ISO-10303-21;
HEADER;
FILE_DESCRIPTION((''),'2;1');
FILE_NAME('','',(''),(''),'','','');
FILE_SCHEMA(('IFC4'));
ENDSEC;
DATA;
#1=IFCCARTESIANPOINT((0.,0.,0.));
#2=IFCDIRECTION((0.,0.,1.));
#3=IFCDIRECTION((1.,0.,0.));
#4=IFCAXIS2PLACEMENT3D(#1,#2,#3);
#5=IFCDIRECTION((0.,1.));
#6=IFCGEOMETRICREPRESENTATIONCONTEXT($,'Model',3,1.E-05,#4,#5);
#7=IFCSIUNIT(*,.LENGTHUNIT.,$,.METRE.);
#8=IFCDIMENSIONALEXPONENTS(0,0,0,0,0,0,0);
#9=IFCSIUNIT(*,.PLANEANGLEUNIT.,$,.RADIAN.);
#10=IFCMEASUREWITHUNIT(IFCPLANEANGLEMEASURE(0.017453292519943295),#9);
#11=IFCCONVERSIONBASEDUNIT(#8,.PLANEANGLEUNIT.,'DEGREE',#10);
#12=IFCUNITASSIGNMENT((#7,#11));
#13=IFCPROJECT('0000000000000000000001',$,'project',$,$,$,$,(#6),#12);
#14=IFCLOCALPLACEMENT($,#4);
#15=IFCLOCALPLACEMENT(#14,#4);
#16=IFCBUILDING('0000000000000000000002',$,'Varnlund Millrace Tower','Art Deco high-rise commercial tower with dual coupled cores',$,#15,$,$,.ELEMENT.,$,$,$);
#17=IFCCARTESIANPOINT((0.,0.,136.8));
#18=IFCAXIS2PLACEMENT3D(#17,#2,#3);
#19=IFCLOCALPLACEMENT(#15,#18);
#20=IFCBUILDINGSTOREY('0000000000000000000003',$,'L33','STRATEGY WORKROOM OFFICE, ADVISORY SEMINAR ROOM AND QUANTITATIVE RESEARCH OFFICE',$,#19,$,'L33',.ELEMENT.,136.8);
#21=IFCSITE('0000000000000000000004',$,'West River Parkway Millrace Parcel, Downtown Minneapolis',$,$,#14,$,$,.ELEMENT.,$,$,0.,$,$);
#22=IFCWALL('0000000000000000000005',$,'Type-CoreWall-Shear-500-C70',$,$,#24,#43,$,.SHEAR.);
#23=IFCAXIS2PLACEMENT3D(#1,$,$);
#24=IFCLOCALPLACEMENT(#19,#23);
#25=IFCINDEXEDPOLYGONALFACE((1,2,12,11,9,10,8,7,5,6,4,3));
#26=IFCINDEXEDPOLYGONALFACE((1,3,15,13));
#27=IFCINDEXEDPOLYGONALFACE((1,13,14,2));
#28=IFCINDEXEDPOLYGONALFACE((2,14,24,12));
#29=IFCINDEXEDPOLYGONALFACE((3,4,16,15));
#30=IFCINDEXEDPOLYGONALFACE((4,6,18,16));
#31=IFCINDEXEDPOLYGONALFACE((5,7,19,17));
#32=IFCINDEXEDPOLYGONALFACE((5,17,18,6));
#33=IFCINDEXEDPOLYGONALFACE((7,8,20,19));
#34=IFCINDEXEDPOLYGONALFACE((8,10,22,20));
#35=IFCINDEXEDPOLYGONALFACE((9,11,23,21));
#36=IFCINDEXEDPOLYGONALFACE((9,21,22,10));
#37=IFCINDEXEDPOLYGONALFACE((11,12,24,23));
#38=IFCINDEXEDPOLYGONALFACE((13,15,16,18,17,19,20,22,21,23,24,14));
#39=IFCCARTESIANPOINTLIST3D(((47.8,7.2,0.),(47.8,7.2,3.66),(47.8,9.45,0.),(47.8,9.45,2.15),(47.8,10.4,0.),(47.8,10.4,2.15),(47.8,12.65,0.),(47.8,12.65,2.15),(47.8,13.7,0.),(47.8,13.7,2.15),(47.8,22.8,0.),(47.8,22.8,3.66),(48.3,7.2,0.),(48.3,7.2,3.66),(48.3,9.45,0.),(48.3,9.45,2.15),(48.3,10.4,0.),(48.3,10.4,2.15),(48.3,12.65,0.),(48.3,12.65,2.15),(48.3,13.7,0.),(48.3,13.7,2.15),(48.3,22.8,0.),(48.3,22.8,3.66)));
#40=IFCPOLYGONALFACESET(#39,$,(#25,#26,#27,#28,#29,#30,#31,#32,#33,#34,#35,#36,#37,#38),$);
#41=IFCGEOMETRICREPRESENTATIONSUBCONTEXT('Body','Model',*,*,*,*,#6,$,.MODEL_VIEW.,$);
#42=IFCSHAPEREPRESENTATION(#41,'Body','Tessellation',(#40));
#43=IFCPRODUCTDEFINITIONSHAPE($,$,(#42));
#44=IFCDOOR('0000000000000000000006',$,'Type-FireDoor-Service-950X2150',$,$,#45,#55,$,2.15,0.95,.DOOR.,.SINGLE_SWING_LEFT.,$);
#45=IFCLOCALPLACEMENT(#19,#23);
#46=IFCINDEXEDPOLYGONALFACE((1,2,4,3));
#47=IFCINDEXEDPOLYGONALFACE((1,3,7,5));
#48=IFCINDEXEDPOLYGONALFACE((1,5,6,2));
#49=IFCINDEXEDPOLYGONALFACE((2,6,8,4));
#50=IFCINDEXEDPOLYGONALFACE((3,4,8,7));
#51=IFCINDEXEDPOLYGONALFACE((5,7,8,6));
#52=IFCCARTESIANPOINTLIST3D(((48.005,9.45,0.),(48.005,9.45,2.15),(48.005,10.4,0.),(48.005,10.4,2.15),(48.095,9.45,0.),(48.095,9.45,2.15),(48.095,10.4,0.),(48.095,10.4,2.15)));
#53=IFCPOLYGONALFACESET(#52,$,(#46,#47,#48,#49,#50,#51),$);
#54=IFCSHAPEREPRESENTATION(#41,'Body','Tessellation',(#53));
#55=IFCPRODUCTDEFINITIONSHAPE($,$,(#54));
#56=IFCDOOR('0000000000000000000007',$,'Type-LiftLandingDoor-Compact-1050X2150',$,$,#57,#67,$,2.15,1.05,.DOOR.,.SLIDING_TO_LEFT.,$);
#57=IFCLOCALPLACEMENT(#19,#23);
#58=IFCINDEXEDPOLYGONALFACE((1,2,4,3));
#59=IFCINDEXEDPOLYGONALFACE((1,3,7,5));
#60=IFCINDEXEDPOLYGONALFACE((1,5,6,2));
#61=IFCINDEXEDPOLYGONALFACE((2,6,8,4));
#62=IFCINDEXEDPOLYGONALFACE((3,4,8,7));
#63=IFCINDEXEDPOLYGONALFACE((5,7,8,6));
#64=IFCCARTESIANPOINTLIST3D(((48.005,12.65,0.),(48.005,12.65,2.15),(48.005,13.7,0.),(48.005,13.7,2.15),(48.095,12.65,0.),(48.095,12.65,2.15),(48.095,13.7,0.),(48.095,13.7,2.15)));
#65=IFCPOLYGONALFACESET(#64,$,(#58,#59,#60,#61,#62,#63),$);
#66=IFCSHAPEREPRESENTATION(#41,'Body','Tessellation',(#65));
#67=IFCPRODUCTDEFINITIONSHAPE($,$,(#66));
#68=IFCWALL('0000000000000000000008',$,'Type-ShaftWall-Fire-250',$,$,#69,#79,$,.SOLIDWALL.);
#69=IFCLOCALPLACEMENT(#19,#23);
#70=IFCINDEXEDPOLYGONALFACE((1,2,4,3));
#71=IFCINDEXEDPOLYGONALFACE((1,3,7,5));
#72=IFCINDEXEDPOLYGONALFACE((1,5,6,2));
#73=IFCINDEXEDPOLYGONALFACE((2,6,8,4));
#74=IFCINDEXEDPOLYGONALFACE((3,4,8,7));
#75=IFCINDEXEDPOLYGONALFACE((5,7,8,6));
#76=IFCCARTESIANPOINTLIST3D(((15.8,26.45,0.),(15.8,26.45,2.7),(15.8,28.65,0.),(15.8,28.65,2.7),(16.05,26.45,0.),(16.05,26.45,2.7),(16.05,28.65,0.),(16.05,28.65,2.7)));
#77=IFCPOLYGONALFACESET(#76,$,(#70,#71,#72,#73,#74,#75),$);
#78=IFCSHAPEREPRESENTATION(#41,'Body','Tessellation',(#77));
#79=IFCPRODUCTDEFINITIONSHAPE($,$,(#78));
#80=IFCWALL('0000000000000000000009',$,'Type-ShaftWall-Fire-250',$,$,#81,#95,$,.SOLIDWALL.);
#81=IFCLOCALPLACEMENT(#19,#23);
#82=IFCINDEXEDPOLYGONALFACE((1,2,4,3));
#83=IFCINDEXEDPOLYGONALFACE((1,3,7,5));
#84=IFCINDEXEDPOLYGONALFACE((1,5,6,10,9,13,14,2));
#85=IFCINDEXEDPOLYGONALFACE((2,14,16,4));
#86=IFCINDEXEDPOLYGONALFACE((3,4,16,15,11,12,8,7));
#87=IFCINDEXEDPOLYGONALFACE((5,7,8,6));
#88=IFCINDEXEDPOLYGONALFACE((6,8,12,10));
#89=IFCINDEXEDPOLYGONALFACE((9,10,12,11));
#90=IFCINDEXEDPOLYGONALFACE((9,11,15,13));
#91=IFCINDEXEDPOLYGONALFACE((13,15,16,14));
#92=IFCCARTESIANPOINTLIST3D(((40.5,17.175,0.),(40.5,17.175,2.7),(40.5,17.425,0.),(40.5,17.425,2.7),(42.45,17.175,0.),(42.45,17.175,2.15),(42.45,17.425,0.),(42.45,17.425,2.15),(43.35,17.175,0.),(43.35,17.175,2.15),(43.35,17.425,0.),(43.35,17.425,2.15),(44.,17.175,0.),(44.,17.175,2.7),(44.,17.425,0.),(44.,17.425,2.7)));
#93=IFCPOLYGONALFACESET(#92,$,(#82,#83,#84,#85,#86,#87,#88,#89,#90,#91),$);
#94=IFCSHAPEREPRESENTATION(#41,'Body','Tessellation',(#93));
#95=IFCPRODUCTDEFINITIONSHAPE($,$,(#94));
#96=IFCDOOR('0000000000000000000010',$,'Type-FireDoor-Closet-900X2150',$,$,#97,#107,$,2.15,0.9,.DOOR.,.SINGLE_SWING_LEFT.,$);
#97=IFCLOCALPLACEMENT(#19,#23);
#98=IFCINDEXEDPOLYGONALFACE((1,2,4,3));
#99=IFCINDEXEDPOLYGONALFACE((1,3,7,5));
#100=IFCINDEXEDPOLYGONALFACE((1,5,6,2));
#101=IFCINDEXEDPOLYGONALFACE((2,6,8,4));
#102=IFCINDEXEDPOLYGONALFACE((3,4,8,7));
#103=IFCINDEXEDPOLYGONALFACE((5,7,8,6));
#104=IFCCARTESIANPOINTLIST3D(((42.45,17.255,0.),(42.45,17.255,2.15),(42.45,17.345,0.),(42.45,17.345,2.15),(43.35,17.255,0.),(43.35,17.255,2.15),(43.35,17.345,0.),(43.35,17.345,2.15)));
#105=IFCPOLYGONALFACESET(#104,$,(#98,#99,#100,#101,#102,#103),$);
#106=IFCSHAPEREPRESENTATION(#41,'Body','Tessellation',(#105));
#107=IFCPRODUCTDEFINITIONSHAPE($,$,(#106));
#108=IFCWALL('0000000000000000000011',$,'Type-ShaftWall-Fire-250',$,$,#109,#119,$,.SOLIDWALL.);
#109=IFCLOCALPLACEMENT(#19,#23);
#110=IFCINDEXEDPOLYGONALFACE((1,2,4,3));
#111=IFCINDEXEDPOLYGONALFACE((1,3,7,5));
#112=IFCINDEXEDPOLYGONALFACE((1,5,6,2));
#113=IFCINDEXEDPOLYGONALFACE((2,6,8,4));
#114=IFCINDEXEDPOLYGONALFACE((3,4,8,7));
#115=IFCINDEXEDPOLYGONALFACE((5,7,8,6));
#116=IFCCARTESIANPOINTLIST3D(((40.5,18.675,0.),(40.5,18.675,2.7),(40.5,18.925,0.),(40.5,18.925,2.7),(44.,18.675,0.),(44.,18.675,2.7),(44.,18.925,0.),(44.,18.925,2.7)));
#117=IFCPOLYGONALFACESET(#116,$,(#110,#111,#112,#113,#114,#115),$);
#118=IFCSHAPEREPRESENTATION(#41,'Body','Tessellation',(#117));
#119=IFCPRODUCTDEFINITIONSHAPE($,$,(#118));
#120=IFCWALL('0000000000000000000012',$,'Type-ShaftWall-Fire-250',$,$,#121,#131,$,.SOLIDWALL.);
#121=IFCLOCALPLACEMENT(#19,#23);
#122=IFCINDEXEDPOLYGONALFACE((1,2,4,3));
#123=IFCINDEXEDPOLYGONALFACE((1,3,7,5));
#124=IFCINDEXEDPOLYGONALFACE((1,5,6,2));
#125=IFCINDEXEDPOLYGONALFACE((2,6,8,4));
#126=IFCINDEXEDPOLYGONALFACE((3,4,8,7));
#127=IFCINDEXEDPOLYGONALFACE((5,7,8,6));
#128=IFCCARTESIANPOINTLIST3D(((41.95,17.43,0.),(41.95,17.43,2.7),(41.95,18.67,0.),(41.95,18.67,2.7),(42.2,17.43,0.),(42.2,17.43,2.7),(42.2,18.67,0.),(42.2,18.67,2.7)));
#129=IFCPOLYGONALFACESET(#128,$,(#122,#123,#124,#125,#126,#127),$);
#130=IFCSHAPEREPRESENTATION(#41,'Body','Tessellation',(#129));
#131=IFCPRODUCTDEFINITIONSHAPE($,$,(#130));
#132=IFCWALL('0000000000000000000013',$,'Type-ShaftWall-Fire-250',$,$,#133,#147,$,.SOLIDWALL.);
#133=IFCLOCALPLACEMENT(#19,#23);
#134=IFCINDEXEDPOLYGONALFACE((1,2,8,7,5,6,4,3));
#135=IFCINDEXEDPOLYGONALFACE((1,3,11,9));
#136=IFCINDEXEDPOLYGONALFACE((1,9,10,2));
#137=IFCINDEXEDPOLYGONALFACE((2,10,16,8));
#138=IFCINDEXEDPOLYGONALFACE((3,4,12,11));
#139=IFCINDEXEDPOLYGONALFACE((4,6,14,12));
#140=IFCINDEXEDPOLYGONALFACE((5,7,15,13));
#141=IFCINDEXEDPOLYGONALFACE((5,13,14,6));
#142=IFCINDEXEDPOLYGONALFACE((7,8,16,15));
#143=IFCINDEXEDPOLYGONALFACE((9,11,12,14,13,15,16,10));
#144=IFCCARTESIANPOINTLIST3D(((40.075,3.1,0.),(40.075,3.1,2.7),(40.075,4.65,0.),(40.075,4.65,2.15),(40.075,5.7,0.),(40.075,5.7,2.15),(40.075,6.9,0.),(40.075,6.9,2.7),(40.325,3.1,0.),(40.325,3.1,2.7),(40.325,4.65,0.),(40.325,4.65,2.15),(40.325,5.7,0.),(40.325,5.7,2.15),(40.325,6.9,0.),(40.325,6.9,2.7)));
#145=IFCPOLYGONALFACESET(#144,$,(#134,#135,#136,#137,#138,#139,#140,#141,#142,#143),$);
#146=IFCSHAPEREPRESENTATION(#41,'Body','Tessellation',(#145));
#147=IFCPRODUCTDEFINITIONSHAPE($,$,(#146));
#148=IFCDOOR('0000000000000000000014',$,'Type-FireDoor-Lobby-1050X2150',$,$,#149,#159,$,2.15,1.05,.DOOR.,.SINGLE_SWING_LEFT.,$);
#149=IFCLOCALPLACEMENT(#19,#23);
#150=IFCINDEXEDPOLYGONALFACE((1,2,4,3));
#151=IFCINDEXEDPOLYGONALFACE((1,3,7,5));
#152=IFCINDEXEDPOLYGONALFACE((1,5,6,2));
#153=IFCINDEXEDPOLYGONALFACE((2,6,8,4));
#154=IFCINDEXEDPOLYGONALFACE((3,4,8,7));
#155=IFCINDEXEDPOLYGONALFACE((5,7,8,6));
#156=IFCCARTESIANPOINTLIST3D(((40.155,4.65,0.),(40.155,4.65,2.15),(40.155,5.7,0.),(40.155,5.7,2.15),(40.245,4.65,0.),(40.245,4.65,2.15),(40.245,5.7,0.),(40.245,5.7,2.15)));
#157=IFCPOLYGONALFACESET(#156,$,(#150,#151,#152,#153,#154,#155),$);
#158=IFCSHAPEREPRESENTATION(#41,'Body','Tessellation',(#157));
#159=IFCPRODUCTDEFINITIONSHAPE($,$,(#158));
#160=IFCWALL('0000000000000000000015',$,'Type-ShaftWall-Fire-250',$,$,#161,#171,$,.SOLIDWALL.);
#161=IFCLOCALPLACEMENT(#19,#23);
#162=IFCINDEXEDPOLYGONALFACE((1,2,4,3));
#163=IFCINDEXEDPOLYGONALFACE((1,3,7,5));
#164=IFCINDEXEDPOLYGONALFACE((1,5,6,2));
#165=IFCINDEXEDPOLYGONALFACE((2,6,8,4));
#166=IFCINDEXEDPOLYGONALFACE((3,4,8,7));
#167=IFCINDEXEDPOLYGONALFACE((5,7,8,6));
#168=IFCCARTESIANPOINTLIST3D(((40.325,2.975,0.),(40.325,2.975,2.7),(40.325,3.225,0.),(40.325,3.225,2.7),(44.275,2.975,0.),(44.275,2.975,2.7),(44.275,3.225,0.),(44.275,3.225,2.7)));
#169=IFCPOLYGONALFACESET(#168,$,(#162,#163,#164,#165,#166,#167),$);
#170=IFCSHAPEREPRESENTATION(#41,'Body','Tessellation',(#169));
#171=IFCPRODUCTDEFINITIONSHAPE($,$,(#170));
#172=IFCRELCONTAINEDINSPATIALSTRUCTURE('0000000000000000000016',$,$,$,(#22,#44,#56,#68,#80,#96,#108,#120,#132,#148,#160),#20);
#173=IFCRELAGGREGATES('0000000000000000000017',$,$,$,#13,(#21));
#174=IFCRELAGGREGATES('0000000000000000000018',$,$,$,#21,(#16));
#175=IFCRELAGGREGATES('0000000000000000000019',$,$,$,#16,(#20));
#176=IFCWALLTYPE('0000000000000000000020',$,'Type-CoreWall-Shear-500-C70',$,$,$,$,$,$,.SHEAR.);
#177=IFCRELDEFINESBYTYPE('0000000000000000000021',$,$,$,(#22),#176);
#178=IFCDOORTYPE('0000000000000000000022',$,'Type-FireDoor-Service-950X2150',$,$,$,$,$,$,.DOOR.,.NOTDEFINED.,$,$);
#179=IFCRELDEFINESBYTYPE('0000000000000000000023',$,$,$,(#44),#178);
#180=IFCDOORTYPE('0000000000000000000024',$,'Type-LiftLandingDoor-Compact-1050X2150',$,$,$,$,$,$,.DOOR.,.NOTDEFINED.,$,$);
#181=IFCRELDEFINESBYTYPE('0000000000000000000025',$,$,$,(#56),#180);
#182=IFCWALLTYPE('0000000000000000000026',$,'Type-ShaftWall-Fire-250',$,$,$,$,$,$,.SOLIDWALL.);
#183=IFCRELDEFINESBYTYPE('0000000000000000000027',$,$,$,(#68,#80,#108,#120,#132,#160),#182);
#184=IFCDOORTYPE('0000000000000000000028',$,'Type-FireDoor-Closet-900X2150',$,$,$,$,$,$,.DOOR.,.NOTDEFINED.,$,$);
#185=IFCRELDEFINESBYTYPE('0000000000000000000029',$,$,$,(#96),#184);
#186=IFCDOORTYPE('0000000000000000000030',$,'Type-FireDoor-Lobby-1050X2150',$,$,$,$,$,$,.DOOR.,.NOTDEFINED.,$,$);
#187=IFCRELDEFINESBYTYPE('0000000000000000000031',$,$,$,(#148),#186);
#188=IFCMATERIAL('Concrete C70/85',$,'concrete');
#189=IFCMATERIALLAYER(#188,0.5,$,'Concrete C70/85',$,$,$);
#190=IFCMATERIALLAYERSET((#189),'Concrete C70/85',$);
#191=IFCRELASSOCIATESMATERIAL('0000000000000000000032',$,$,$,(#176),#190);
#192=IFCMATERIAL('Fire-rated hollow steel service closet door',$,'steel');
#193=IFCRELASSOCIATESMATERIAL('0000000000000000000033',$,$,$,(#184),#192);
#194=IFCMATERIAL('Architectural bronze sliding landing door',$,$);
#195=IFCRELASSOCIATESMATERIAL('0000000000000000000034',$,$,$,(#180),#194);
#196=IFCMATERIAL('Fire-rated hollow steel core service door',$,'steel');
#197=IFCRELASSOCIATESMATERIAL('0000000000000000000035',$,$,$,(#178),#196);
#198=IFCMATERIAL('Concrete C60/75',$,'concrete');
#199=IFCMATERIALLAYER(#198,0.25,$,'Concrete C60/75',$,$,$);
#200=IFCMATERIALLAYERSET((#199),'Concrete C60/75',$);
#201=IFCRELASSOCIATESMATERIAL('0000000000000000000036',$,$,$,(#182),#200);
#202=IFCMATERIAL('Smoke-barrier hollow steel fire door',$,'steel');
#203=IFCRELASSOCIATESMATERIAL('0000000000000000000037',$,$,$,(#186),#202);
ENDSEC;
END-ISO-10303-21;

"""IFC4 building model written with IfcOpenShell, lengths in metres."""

from ifc_helpers import new_model, entity, si_unit, converted_unit, direction, frame, origin_with_axes, origin_2d_with_axis, place, context, subcontext, project, spatial, polyline, rectangle, outline, extrude, material, layer, layer_set, type_object, element, fill, save


model = new_model("IFC4")

# Units and contexts
model_context = context("Model", 3, precision=1e-05, world=origin_with_axes(), true_north=direction((0.0, 1.0)))
body_context = subcontext(model_context, "Body", "Model", "MODEL_VIEW")
ifc_project = project(units=[si_unit("LENGTHUNIT", "METRE"), converted_unit("PLANEANGLEUNIT", "DEGREE", entity("IfcPlaneAngleMeasure", 0.017453292519943295), si_unit("PLANEANGLEUNIT", "RADIAN"), dimensions=[0, 0, 0, 0, 0, 0, 0])], contexts=[model_context])

# Site, building, storey
site_placement = place(None, origin_with_axes())
site = spatial("IfcSite", under=ifc_project, at=site_placement, Name="West River Parkway Millrace Parcel, Downtown Minneapolis", CompositionType="ELEMENT", RefElevation=0.0)
building_placement = place(site_placement, origin_with_axes())
building = spatial("IfcBuilding", under=site, at=building_placement, Name="Varnlund Millrace Tower", Description="Art Deco high-rise commercial tower with dual coupled cores", CompositionType="ELEMENT")
storey_placement = place(building_placement, frame((0.0, 0.0, 136.8), z_axis=(0.0, 0.0, 1.0), x_axis=(1.0, 0.0, 0.0)))
storey = spatial("IfcBuildingStorey", under=building, at=storey_placement, Name="L33", Description="STRATEGY WORKROOM OFFICE, ADVISORY SEMINAR ROOM AND QUANTITATIVE RESEARCH OFFICE", LongName="L33", CompositionType="ELEMENT", Elevation=136.8)

# Shared definitions
ifc_material_1 = material(Name="Concrete C70/85", Category="concrete")
ifc_layer_1 = layer(ifc_material_1, 0.5, Name="Concrete C70/85")
ifc_layer_set_1 = layer_set([ifc_layer_1], Name="Concrete C70/85")
wall_type_1 = type_object("IfcWallType", Name="Type-CoreWall-Shear-500-C70", PredefinedType="SHEAR", material=ifc_layer_set_1)
ifc_material_2 = material(Name="Fire-rated hollow steel service closet door", Category="steel")
door_type_1 = type_object("IfcDoorType", Name="Type-FireDoor-Closet-900X2150", OperationType="NOTDEFINED", PredefinedType="DOOR", material=ifc_material_2)
ifc_material_3 = material(Name="Architectural bronze sliding landing door")
door_type_2 = type_object("IfcDoorType", Name="Type-LiftLandingDoor-Compact-1050X2150", OperationType="NOTDEFINED", PredefinedType="DOOR", material=ifc_material_3)

# Wall, openings, doors
wall_1_placement = place(storey_placement, frame((48.05, 7.2, 0.0), z_axis=(0.0, 0.0, 1.0), x_axis=(0.0, 1.0, 0.0)))
wall_1 = element("IfcWall", 1, at=wall_1_placement, inside=storey, type_object=wall_type_1, Name="Type-CoreWall-Shear-500-C70", PredefinedType="SHEAR", context=body_context, shape_type="SweptSolid", body=[
    extrude(outline(polyline([(0.0, -0.25), (15.6, -0.25), (15.6, 0.25), (0.0, 0.25), (0.0, -0.25)])), origin_with_axes(), (0.0, 0.0, 1.0), 3.66),
])
opening_1_placement = place(wall_1_placement, frame((5.975, 0.0, 0.0), z_axis=(0.0, 0.0, 1.0), x_axis=(1.0, 0.0, 0.0)))
opening_1 = element("IfcOpeningElement", 2, at=opening_1_placement, cuts=wall_1, PredefinedType="OPENING", context=body_context, shape_type="SweptSolid", body=[
    extrude(rectangle(XDim=1.05, YDim=0.52, at=origin_2d_with_axis()), origin_with_axes(), (0.0, 0.0, 1.0), 2.15),
])
opening_2_placement = place(wall_1_placement, frame((2.725, 0.0, 0.0), z_axis=(0.0, 0.0, 1.0), x_axis=(1.0, 0.0, 0.0)))
opening_2 = element("IfcOpeningElement", 3, at=opening_2_placement, cuts=wall_1, PredefinedType="OPENING", context=body_context, shape_type="SweptSolid", body=[
    extrude(rectangle(XDim=0.95, YDim=0.52, at=origin_2d_with_axis()), origin_with_axes(), (0.0, 0.0, 1.0), 2.15),
])
ifc_material_4 = material(Name="Fire-rated hollow steel core service door", Category="steel")
door_type_3 = type_object("IfcDoorType", Name="Type-FireDoor-Service-950X2150", OperationType="NOTDEFINED", PredefinedType="DOOR", material=ifc_material_4)
door_1_placement = place(wall_1_placement, frame((2.725, 0.0, 0.0), z_axis=(0.0, 0.0, 1.0), x_axis=(1.0, 0.0, 0.0)))
door_1 = element("IfcDoor", 4, at=door_1_placement, inside=storey, type_object=door_type_3, Name="Type-FireDoor-Service-950X2150", OperationType="SINGLE_SWING_LEFT", OverallHeight=2.15, OverallWidth=0.95, PredefinedType="DOOR", context=body_context, shape_type="SweptSolid", body=[
    extrude(rectangle(XDim=0.95, YDim=0.09, at=origin_2d_with_axis()), origin_with_axes(), (0.0, 0.0, 1.0), 2.15),
])
fill(opening_2, door_1)
door_2_placement = place(wall_1_placement, frame((5.975, 0.0, 0.0), z_axis=(0.0, 0.0, 1.0), x_axis=(1.0, 0.0, 0.0)))
door_2 = element("IfcDoor", 5, at=door_2_placement, inside=storey, type_object=door_type_2, Name="Type-LiftLandingDoor-Compact-1050X2150", OperationType="SLIDING_TO_LEFT", OverallHeight=2.15, OverallWidth=1.05, PredefinedType="DOOR", context=body_context, shape_type="SweptSolid", body=[
    extrude(rectangle(XDim=1.05, YDim=0.09, at=origin_2d_with_axis()), origin_with_axes(), (0.0, 0.0, 1.0), 2.15),
])
fill(opening_1, door_2)

# Wall
ifc_material_5 = material(Name="Concrete C60/75", Category="concrete")
ifc_layer_2 = layer(ifc_material_5, 0.25, Name="Concrete C60/75")
ifc_layer_set_2 = layer_set([ifc_layer_2], Name="Concrete C60/75")
wall_type_2 = type_object("IfcWallType", Name="Type-ShaftWall-Fire-250", PredefinedType="SOLIDWALL", material=ifc_layer_set_2)
wall_2_placement = place(storey_placement, frame((15.925, 26.45, 0.0), z_axis=(0.0, 0.0, 1.0), x_axis=(0.0, 1.0, 0.0)))
element("IfcWall", 6, at=wall_2_placement, inside=storey, type_object=wall_type_2, Name="Type-ShaftWall-Fire-250", PredefinedType="SOLIDWALL", context=body_context, shape_type="SweptSolid", body=[
    extrude(outline(polyline([(0.0, -0.125), (2.2, -0.125), (2.2, 0.125), (0.0, 0.125), (0.0, -0.125)])), origin_with_axes(), (0.0, 0.0, 1.0), 2.7),
])

# Wall, opening, door
wall_3_placement = place(storey_placement, frame((40.5, 17.3, 0.0), z_axis=(0.0, 0.0, 1.0), x_axis=(1.0, 0.0, 0.0)))
wall_3 = element("IfcWall", 7, at=wall_3_placement, inside=storey, type_object=wall_type_2, Name="Type-ShaftWall-Fire-250", PredefinedType="SOLIDWALL", context=body_context, shape_type="SweptSolid", body=[
    extrude(outline(polyline([(0.0, -0.125), (3.5, -0.125), (3.5, 0.125), (0.0, 0.125), (0.0, -0.125)])), origin_with_axes(), (0.0, 0.0, 1.0), 2.7),
])
opening_3_placement = place(wall_3_placement, frame((2.4, 0.0, 0.0), z_axis=(0.0, 0.0, 1.0), x_axis=(1.0, 0.0, 0.0)))
opening_3 = element("IfcOpeningElement", 8, at=opening_3_placement, cuts=wall_3, PredefinedType="OPENING", context=body_context, shape_type="SweptSolid", body=[
    extrude(rectangle(XDim=0.9, YDim=0.27, at=origin_2d_with_axis()), origin_with_axes(), (0.0, 0.0, 1.0), 2.15),
])
door_3_placement = place(wall_3_placement, frame((2.4, 0.0, 0.0), z_axis=(0.0, 0.0, 1.0), x_axis=(1.0, 0.0, 0.0)))
door_3 = element("IfcDoor", 9, at=door_3_placement, inside=storey, type_object=door_type_1, Name="Type-FireDoor-Closet-900X2150", OperationType="SINGLE_SWING_LEFT", OverallHeight=2.15, OverallWidth=0.9, PredefinedType="DOOR", context=body_context, shape_type="SweptSolid", body=[
    extrude(rectangle(XDim=0.9, YDim=0.09, at=origin_2d_with_axis()), origin_with_axes(), (0.0, 0.0, 1.0), 2.15),
])
fill(opening_3, door_3)

# Walls
wall_4_placement = place(storey_placement, frame((40.5, 18.8, 0.0), z_axis=(0.0, 0.0, 1.0), x_axis=(1.0, 0.0, 0.0)))
element("IfcWall", 10, at=wall_4_placement, inside=storey, type_object=wall_type_2, Name="Type-ShaftWall-Fire-250", PredefinedType="SOLIDWALL", context=body_context, shape_type="SweptSolid", body=[
    extrude(outline(polyline([(0.0, -0.125), (3.5, -0.125), (3.5, 0.125), (0.0, 0.125), (0.0, -0.125)])), origin_with_axes(), (0.0, 0.0, 1.0), 2.7),
])
wall_5_placement = place(storey_placement, frame((42.075, 17.43, 0.0), z_axis=(0.0, 0.0, 1.0), x_axis=(0.0, 1.0, 0.0)))
element("IfcWall", 11, at=wall_5_placement, inside=storey, type_object=wall_type_2, Name="Type-ShaftWall-Fire-250", PredefinedType="SOLIDWALL", context=body_context, shape_type="SweptSolid", body=[
    extrude(outline(polyline([(0.0, -0.125), (1.24, -0.125), (1.24, 0.125), (0.0, 0.125), (0.0, -0.125)])), origin_with_axes(), (0.0, 0.0, 1.0), 2.7),
])

# Wall, opening, door
wall_6_placement = place(storey_placement, frame((40.2, 3.1, 0.0), z_axis=(0.0, 0.0, 1.0), x_axis=(0.0, 1.0, 0.0)))
wall_6 = element("IfcWall", 12, at=wall_6_placement, inside=storey, type_object=wall_type_2, Name="Type-ShaftWall-Fire-250", PredefinedType="SOLIDWALL", context=body_context, shape_type="SweptSolid", body=[
    extrude(outline(polyline([(0.0, -0.125), (3.8, -0.125), (3.8, 0.125), (0.0, 0.125), (0.0, -0.125)])), origin_with_axes(), (0.0, 0.0, 1.0), 2.7),
])
opening_4_placement = place(wall_6_placement, frame((2.075, 0.0, 0.0), z_axis=(0.0, 0.0, 1.0), x_axis=(1.0, 0.0, 0.0)))
opening_4 = element("IfcOpeningElement", 13, at=opening_4_placement, cuts=wall_6, PredefinedType="OPENING", context=body_context, shape_type="SweptSolid", body=[
    extrude(rectangle(XDim=1.05, YDim=0.27, at=origin_2d_with_axis()), origin_with_axes(), (0.0, 0.0, 1.0), 2.15),
])
ifc_material_6 = material(Name="Smoke-barrier hollow steel fire door", Category="steel")
door_type_4 = type_object("IfcDoorType", Name="Type-FireDoor-Lobby-1050X2150", OperationType="NOTDEFINED", PredefinedType="DOOR", material=ifc_material_6)
door_4_placement = place(wall_6_placement, frame((2.075, 0.0, 0.0), z_axis=(0.0, 0.0, 1.0), x_axis=(1.0, 0.0, 0.0)))
door_4 = element("IfcDoor", 14, at=door_4_placement, inside=storey, type_object=door_type_4, Name="Type-FireDoor-Lobby-1050X2150", OperationType="SINGLE_SWING_LEFT", OverallHeight=2.15, OverallWidth=1.05, PredefinedType="DOOR", context=body_context, shape_type="SweptSolid", body=[
    extrude(rectangle(XDim=1.05, YDim=0.09, at=origin_2d_with_axis()), origin_with_axes(), (0.0, 0.0, 1.0), 2.15),
])
fill(opening_4, door_4)

# Wall
wall_7_placement = place(storey_placement, frame((40.325, 3.1, 0.0), z_axis=(0.0, 0.0, 1.0), x_axis=(1.0, 0.0, 0.0)))
element("IfcWall", 15, at=wall_7_placement, inside=storey, type_object=wall_type_2, Name="Type-ShaftWall-Fire-250", PredefinedType="SOLIDWALL", context=body_context, shape_type="SweptSolid", body=[
    extrude(outline(polyline([(0.0, -0.125), (3.95, -0.125), (3.95, 0.125), (0.0, 0.125), (0.0, -0.125)])), origin_with_axes(), (0.0, 0.0, 1.0), 2.7),
])

save(model, "model.ifc")
